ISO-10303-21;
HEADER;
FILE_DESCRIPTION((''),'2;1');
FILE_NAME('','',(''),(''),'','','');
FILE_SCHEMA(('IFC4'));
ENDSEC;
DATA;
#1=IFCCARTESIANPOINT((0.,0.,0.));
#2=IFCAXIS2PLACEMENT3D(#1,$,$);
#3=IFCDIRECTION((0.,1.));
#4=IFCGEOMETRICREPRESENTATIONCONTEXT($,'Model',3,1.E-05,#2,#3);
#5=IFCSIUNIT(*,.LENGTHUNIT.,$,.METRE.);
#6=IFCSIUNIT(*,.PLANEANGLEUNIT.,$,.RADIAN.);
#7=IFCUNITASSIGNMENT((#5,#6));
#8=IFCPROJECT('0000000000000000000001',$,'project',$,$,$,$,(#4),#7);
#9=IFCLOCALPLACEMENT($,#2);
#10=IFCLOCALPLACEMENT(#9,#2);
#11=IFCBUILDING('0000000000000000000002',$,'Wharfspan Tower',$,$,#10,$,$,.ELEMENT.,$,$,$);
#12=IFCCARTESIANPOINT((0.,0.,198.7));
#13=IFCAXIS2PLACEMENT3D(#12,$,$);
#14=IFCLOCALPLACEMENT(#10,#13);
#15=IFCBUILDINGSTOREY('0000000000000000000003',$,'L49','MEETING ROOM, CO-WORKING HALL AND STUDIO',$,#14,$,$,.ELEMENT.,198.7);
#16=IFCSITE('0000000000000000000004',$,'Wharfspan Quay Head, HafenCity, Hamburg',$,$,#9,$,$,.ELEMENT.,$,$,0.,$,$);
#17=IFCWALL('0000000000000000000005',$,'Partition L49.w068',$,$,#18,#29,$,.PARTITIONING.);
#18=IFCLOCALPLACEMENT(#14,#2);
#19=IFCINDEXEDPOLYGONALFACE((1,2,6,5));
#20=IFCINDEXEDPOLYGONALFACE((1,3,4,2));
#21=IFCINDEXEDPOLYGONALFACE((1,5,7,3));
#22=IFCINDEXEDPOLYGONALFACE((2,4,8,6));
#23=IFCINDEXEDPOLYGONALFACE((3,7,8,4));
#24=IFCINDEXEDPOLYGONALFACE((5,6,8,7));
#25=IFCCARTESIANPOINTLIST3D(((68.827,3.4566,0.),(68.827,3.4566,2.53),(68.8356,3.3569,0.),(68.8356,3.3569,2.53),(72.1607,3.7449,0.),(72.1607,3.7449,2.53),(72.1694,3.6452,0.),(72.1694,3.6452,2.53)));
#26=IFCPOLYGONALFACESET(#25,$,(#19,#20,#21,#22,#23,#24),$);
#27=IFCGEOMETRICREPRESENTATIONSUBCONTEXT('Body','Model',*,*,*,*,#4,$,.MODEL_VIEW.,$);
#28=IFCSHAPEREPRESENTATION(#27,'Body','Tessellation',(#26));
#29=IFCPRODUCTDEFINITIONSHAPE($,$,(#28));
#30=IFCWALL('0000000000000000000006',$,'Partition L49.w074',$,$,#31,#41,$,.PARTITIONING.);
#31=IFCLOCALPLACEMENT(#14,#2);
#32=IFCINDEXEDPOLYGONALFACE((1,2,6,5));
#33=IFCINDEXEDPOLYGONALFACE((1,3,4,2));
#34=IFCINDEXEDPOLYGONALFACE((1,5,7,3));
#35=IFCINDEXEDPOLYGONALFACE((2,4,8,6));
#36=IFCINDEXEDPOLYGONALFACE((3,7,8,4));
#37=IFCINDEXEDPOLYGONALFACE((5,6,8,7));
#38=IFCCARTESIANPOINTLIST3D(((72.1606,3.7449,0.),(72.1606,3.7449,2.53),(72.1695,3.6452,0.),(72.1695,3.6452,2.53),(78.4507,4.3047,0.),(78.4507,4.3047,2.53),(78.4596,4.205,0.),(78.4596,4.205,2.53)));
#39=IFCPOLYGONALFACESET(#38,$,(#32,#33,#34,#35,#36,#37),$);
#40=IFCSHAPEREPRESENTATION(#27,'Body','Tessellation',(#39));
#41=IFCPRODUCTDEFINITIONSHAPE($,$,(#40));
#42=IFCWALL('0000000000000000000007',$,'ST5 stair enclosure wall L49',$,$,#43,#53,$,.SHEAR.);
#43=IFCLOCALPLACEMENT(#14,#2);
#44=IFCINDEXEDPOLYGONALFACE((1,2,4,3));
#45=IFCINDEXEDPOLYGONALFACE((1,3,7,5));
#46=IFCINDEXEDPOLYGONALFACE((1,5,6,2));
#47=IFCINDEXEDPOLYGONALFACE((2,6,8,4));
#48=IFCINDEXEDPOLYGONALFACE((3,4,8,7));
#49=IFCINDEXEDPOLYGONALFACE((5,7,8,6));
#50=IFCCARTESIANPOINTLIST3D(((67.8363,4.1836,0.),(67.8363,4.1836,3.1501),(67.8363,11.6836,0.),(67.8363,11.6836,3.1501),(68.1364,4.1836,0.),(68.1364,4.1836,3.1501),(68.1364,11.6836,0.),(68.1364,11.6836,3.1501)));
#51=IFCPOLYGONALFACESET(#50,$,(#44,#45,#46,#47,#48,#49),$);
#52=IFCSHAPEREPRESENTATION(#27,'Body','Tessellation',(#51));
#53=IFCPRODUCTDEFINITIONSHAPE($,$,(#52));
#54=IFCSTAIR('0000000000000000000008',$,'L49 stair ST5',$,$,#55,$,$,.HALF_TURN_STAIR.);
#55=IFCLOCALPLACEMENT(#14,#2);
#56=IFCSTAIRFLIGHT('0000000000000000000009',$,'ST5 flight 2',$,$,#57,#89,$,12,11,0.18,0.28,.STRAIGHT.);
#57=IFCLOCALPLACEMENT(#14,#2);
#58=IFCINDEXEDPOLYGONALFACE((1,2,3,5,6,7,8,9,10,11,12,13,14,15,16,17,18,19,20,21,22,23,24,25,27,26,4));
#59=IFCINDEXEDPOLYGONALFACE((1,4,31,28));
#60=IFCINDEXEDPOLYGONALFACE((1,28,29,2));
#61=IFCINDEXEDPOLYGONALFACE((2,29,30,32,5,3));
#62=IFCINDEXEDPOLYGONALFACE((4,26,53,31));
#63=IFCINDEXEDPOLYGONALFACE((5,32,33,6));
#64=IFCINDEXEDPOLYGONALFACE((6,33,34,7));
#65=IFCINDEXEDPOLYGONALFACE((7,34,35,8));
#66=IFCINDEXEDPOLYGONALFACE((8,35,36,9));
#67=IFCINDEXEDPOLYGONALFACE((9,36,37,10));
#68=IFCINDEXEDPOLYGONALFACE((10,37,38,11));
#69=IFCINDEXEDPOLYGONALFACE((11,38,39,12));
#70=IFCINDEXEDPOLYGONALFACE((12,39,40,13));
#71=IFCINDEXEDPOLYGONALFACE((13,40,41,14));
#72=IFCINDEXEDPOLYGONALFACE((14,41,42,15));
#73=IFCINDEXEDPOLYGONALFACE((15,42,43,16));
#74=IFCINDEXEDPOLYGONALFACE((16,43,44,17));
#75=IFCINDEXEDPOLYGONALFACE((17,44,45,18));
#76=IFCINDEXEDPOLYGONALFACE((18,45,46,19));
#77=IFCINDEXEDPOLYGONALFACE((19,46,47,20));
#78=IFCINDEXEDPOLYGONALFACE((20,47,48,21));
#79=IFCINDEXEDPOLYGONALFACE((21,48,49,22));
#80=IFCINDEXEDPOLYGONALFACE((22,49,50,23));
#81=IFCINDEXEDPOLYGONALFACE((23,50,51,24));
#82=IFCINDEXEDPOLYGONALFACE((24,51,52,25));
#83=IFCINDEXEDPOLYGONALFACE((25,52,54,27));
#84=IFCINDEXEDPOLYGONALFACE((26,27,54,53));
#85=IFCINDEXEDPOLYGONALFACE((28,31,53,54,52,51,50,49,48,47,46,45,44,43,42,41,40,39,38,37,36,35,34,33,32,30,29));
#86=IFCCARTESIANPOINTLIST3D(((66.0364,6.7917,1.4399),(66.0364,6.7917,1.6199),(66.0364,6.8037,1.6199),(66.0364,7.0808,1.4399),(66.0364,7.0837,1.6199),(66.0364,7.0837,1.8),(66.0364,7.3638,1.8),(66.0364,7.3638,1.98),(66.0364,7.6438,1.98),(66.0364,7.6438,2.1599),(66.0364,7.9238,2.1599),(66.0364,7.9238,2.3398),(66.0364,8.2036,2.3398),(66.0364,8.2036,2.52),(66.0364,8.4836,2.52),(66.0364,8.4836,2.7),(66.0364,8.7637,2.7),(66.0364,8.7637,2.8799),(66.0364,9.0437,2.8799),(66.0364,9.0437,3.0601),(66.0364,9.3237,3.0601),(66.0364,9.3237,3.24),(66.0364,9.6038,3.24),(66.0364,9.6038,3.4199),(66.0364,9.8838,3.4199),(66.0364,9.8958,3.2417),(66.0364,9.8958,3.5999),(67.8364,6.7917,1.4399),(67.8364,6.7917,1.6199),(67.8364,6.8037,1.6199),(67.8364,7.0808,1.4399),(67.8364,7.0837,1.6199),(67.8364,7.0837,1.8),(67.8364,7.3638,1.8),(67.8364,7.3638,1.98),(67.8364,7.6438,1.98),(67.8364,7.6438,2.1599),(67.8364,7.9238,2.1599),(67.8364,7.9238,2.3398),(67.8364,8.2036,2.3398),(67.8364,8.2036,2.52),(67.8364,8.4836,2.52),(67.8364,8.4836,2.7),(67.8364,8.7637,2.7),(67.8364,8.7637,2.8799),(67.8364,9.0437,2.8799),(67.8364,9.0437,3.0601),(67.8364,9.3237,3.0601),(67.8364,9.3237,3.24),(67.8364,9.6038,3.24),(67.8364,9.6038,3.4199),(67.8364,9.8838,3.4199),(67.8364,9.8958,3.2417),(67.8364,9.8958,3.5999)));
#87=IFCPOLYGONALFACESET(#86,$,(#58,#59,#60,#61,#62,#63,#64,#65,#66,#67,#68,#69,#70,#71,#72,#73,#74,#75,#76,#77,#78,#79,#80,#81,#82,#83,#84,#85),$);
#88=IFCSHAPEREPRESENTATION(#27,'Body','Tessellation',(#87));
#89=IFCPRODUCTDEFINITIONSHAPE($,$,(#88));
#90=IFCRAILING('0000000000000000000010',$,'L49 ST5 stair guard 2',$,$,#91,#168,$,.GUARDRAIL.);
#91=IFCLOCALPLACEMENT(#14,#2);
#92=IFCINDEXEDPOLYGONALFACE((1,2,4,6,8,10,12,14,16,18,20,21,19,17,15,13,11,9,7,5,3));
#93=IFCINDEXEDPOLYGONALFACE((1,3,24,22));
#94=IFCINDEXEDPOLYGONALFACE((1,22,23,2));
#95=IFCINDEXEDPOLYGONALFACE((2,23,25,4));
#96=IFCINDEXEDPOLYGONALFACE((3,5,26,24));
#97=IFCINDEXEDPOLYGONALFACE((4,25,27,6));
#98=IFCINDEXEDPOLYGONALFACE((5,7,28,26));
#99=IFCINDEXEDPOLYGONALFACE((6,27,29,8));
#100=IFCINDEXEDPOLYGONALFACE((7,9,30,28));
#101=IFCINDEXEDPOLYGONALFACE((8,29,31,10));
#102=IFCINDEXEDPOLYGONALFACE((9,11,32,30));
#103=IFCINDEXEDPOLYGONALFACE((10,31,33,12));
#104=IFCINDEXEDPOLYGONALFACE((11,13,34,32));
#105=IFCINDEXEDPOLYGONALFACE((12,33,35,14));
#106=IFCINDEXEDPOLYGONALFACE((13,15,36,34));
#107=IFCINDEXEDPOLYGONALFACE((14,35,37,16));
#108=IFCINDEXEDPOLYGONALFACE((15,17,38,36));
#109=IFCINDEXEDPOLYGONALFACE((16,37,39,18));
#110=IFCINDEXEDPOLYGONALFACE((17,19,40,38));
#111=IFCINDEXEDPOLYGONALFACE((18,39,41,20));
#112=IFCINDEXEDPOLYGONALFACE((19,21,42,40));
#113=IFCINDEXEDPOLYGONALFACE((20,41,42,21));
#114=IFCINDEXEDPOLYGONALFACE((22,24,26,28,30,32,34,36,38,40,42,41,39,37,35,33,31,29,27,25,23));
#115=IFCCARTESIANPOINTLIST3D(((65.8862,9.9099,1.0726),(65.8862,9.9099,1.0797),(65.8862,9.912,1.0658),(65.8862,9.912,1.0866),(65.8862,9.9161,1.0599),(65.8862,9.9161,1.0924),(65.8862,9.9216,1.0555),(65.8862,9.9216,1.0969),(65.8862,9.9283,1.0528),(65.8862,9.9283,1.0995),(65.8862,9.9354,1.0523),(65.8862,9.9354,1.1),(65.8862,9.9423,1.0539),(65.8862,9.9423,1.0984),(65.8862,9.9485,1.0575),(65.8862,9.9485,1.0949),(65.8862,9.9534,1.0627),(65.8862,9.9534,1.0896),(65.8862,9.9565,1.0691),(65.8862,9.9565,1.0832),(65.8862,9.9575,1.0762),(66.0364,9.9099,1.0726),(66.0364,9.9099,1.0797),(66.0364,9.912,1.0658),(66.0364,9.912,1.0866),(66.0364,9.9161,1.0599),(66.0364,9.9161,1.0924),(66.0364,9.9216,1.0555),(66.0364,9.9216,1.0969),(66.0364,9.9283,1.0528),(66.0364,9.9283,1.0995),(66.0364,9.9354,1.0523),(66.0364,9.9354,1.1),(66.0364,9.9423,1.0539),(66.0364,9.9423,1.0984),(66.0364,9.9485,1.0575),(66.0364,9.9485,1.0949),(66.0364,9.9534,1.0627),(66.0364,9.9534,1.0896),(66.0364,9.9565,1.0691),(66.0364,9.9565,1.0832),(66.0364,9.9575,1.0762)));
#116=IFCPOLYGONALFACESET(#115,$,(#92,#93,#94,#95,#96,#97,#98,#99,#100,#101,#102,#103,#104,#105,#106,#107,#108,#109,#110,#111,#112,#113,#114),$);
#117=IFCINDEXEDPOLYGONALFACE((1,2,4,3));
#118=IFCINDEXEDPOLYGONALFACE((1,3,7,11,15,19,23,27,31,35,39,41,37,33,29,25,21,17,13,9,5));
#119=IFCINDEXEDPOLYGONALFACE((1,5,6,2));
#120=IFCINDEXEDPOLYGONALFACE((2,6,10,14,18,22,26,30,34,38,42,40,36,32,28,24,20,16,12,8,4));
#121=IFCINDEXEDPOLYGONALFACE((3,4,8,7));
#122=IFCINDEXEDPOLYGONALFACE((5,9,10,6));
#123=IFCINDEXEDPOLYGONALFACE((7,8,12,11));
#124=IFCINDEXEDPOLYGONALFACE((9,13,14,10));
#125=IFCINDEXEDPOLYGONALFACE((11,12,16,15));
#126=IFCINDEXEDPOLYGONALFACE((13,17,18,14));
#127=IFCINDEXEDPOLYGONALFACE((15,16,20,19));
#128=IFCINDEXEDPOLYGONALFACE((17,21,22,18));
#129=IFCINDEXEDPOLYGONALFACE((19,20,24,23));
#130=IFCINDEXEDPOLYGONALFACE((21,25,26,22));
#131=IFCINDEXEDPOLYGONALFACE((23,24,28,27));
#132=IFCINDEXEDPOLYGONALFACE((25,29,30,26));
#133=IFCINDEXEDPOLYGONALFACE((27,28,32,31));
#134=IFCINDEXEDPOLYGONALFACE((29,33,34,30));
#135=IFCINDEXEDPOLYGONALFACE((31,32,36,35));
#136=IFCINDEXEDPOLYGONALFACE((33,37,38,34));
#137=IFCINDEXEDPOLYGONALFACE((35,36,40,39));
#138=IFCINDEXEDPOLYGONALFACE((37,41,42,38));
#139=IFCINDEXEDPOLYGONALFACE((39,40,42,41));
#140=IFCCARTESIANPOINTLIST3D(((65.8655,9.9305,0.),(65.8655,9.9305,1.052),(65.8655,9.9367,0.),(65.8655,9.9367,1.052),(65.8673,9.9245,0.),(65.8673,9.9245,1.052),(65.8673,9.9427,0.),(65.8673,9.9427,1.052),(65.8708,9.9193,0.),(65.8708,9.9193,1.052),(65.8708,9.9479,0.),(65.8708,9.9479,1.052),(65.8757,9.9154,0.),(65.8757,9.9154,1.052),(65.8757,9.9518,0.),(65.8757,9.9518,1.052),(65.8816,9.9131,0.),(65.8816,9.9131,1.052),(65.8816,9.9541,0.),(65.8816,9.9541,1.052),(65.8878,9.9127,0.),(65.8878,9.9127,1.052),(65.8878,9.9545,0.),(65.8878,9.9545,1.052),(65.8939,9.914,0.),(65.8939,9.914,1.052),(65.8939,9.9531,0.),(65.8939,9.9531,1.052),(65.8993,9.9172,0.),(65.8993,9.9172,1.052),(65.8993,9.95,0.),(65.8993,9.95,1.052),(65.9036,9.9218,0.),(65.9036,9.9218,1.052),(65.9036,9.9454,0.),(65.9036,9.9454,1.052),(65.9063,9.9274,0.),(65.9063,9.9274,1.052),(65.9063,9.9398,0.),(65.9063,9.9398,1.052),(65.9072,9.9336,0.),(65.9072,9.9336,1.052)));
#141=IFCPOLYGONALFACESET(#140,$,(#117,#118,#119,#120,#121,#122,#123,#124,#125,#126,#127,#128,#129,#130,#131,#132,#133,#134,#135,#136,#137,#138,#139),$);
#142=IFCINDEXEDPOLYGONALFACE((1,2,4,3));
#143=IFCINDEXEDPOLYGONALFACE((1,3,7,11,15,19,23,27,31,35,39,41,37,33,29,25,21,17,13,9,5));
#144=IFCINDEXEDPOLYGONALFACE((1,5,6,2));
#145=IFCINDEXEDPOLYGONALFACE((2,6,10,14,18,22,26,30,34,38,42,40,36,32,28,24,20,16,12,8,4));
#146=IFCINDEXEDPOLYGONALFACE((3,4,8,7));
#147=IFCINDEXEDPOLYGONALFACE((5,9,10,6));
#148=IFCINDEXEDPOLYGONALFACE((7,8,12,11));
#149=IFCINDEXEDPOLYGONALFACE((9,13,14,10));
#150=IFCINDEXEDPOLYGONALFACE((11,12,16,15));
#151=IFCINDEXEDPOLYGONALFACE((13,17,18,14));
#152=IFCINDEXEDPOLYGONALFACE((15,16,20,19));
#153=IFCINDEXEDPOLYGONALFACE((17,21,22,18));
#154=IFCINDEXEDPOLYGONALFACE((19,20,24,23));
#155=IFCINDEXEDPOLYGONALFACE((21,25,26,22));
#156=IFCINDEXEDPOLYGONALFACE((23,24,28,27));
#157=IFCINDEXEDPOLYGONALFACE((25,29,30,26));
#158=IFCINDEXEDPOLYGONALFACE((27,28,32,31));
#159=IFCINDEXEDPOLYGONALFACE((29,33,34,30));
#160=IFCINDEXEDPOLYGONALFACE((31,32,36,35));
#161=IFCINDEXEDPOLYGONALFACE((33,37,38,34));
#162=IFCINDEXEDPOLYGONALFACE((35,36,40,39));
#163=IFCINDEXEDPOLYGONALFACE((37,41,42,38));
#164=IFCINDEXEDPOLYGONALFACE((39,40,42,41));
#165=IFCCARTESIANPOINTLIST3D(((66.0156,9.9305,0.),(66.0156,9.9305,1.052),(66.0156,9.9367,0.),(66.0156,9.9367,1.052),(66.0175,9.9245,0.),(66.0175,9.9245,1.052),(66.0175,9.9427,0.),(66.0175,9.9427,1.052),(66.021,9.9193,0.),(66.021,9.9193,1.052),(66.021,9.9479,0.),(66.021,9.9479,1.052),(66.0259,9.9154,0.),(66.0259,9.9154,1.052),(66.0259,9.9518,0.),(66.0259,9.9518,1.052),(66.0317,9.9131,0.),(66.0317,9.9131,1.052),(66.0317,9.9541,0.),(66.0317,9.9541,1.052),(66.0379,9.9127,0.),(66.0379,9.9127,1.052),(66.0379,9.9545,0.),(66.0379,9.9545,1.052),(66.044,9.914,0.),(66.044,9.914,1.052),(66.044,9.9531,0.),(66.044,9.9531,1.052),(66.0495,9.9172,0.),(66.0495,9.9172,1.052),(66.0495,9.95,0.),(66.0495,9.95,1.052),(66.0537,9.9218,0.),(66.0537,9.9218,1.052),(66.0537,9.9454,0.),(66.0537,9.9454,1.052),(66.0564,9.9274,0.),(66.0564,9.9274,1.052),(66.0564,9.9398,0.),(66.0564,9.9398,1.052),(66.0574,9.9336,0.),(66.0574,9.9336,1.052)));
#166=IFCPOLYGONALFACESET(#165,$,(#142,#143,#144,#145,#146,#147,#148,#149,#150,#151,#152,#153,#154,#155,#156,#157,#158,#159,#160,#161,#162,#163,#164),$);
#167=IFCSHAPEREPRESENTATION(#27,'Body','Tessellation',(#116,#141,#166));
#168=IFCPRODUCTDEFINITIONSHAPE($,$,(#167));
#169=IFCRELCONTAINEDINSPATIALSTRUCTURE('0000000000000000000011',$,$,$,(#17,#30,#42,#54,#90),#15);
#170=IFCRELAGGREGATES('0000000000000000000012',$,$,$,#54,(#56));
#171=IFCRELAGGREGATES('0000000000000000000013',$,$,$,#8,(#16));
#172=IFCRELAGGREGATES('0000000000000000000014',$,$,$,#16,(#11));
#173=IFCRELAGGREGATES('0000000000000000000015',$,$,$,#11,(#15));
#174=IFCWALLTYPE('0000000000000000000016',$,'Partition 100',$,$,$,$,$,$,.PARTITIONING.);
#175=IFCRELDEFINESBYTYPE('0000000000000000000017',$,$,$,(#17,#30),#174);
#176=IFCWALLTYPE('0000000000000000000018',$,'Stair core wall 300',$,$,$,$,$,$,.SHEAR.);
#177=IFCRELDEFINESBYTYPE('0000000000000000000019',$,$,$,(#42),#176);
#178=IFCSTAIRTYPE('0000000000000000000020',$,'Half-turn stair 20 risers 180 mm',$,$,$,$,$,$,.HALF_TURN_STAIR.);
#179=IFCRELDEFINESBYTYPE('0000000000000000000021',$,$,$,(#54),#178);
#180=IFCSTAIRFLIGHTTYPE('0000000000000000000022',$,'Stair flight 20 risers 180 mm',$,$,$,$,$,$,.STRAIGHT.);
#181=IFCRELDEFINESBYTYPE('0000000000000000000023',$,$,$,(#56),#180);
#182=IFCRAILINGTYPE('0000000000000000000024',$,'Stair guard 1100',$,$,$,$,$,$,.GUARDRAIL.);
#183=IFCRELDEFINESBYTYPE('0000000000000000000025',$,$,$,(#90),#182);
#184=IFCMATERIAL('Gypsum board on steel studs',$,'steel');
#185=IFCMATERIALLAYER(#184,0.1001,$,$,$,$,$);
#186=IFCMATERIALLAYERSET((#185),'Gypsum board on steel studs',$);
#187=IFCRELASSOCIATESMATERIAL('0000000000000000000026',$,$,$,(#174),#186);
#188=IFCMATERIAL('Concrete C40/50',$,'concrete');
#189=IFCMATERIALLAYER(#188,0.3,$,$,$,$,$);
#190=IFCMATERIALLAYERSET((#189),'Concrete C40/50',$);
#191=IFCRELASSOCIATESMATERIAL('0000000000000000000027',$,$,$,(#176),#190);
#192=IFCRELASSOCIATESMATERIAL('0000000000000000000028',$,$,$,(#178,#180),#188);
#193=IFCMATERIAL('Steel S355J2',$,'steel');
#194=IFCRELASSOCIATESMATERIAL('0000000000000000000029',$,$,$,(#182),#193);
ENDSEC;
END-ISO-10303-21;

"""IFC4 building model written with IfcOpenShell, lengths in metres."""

from ifc_helpers import new_model, si_unit, direction, frame, frame_2d, origin, origin_2d, place, context, subcontext, project, spatial, polyline, rectangle, circle, outline, extrude, material, layer, layer_set, type_object, element, aggregate, save


model = new_model("IFC4")

# Units and contexts
model_context = context("Model", 3, precision=1e-05, world=origin(), true_north=direction((0.0, 1.0)))
body_context = subcontext(model_context, "Body", "Model", "MODEL_VIEW")
ifc_project = project(units=[si_unit("LENGTHUNIT", "METRE"), si_unit("PLANEANGLEUNIT", "RADIAN")], contexts=[model_context])

# Site, building, storey
site_placement = place(None, origin())
site = spatial("IfcSite", under=ifc_project, at=site_placement, Name="Wharfspan Quay Head, HafenCity, Hamburg", CompositionType="ELEMENT", RefElevation=0.0)
building_placement = place(site_placement, origin())
building = spatial("IfcBuilding", under=site, at=building_placement, Name="Wharfspan Tower", CompositionType="ELEMENT")
storey_placement = place(building_placement, frame((0.0, 0.0, 198.7)))
storey = spatial("IfcBuildingStorey", under=building, at=storey_placement, Name="L49", Description="MEETING ROOM, CO-WORKING HALL AND STUDIO", CompositionType="ELEMENT", Elevation=198.7)

# Shared definitions
ifc_material_1 = material(Name="Steel S355J2", Category="steel")

# Shared definitions
ifc_material_2 = material(Name="Gypsum board on steel studs", Category="steel")

# Walls
ifc_layer_1 = layer(ifc_material_2, 0.1001)
ifc_layer_set_1 = layer_set([ifc_layer_1], Name="Gypsum board on steel studs")
wall_type_1 = type_object("IfcWallType", Name="Partition 100", PredefinedType="PARTITIONING", material=ifc_layer_set_1)
wall_1_placement = place(storey_placement, frame((68.8313, 3.4067, 0.0), z_axis=(0.0, 0.0, 1.0), x_axis=(0.996283, 0.086167, 0.0)))
element("IfcWall", 1, at=wall_1_placement, inside=storey, type_object=wall_type_1, Name="Partition L49.w068", PredefinedType="PARTITIONING", context=body_context, shape_type="SweptSolid", body=[
    extrude(rectangle(XDim=3.3462, YDim=0.1001, at=frame_2d((1.6731, 0.0))), origin(), (0.0, 0.0, 1.0), 2.53),
])
wall_2_placement = place(storey_placement, frame((72.165, 3.6951, 0.0), z_axis=(0.0, 0.0, 1.0), x_axis=(0.996066, 0.08865, 0.0)))
element("IfcWall", 2, at=wall_2_placement, inside=storey, type_object=wall_type_1, Name="Partition L49.w074", PredefinedType="PARTITIONING", context=body_context, shape_type="SweptSolid", body=[
    extrude(rectangle(XDim=6.3149, YDim=0.1001, at=frame_2d((3.1575, 0.0))), origin(), (0.0, 0.0, 1.0), 2.53),
])
ifc_material_3 = material(Name="Concrete C40/50", Category="concrete")
ifc_layer_2 = layer(ifc_material_3, 0.3)
ifc_layer_set_2 = layer_set([ifc_layer_2], Name="Concrete C40/50")
wall_type_2 = type_object("IfcWallType", Name="Stair core wall 300", PredefinedType="SHEAR", material=ifc_layer_set_2)
wall_3_placement = place(storey_placement, frame((67.9863, 4.1836, 0.0), z_axis=(0.0, 0.0, 1.0), x_axis=(0.0, 1.0, 0.0)))
element("IfcWall", 3, at=wall_3_placement, inside=storey, type_object=wall_type_2, Name="ST5 stair enclosure wall L49", PredefinedType="SHEAR", context=body_context, shape_type="SweptSolid", body=[
    extrude(rectangle(XDim=7.5, YDim=0.3, at=frame_2d((3.75, 0.0))), origin(), (0.0, 0.0, 1.0), 3.1501),
])

# Stair, stair flight
stair_type = type_object("IfcStairType", Name="Half-turn stair 20 risers 180 mm", PredefinedType="HALF_TURN_STAIR", material=ifc_material_3)
stair_placement = place(storey_placement, origin())
stair = element("IfcStair", 4, at=stair_placement, inside=storey, type_object=stair_type, Name="L49 stair ST5", PredefinedType="HALF_TURN_STAIR")
stair_flight_type = type_object("IfcStairFlightType", Name="Stair flight 20 risers 180 mm", PredefinedType="STRAIGHT", material=ifc_material_3)
stair_flight_placement = place(storey_placement, frame((66.9363, 6.8037, 1.4399), z_axis=(0.0, 0.0, 1.0), x_axis=(0.0, 1.0, 0.0)))
stair_flight = element("IfcStairFlight", 5, at=stair_flight_placement, type_object=stair_flight_type, Name="ST5 flight 2", NumberOfRisers=12, NumberOfTreads=11, PredefinedType="STRAIGHT", RiserHeight=0.18, TreadLength=0.28, context=body_context, shape_type="SweptSolid", body=[
    extrude(outline(polyline([(-0.012, 0.0), (-0.012, 0.1799), (0.0, 0.1799), (0.28, 0.1799), (0.28, 0.3601), (0.5601, 0.3601), (0.5601, 0.54), (0.8401, 0.54), (0.8401, 0.72), (1.1201, 0.72), (1.1201, 0.8999), (1.3999, 0.8999), (1.3999, 1.0801), (1.6799, 1.0801), (1.6799, 1.26), (1.96, 1.26), (1.96, 1.4399), (2.24, 1.4399), (2.24, 1.6201), (2.52, 1.6201), (2.52, 1.8), (2.8, 1.8), (2.8, 1.98), (3.0801, 1.98), (3.092, 2.1599), (3.092, 1.8018), (0.2771, 0.0), (-0.012, 0.0)])), frame((0.0, 0.8999, 0.0), z_axis=(0.0, -1.0, 0.0), x_axis=(1.0, 0.0, 0.0)), (0.0, 0.0, 1.0), 1.8),
])
aggregate(stair, [stair_flight])

# Railing
railing_type_1 = type_object("IfcRailingType", Name="Stair guard 1100", PredefinedType="GUARDRAIL", material=ifc_material_1)
railing_1_placement = place(storey_placement, frame((65.8862, 9.9336, 0.0)))
element("IfcRailing", 6, at=railing_1_placement, inside=storey, type_object=railing_type_1, Name="L49 ST5 stair guard 2", PredefinedType="GUARDRAIL", context=body_context, shape_type="SweptSolid", body=[
    extrude(circle(Radius=0.0239, at=origin_2d()), frame((0.0, 0.0, 1.0762), z_axis=(1.0, 0.0, 0.0), x_axis=(0.0, 1.0, 0.0)), (0.0, 0.0, 1.0), 0.1501),
    extrude(circle(Radius=0.021, at=origin_2d()), origin(), (0.0, 0.0, 1.0), 1.052),
    extrude(circle(Radius=0.021, at=origin_2d()), frame((0.1501, 0.0, 0.0)), (0.0, 0.0, 1.0), 1.052),
])

save(model, "model.ifc")
